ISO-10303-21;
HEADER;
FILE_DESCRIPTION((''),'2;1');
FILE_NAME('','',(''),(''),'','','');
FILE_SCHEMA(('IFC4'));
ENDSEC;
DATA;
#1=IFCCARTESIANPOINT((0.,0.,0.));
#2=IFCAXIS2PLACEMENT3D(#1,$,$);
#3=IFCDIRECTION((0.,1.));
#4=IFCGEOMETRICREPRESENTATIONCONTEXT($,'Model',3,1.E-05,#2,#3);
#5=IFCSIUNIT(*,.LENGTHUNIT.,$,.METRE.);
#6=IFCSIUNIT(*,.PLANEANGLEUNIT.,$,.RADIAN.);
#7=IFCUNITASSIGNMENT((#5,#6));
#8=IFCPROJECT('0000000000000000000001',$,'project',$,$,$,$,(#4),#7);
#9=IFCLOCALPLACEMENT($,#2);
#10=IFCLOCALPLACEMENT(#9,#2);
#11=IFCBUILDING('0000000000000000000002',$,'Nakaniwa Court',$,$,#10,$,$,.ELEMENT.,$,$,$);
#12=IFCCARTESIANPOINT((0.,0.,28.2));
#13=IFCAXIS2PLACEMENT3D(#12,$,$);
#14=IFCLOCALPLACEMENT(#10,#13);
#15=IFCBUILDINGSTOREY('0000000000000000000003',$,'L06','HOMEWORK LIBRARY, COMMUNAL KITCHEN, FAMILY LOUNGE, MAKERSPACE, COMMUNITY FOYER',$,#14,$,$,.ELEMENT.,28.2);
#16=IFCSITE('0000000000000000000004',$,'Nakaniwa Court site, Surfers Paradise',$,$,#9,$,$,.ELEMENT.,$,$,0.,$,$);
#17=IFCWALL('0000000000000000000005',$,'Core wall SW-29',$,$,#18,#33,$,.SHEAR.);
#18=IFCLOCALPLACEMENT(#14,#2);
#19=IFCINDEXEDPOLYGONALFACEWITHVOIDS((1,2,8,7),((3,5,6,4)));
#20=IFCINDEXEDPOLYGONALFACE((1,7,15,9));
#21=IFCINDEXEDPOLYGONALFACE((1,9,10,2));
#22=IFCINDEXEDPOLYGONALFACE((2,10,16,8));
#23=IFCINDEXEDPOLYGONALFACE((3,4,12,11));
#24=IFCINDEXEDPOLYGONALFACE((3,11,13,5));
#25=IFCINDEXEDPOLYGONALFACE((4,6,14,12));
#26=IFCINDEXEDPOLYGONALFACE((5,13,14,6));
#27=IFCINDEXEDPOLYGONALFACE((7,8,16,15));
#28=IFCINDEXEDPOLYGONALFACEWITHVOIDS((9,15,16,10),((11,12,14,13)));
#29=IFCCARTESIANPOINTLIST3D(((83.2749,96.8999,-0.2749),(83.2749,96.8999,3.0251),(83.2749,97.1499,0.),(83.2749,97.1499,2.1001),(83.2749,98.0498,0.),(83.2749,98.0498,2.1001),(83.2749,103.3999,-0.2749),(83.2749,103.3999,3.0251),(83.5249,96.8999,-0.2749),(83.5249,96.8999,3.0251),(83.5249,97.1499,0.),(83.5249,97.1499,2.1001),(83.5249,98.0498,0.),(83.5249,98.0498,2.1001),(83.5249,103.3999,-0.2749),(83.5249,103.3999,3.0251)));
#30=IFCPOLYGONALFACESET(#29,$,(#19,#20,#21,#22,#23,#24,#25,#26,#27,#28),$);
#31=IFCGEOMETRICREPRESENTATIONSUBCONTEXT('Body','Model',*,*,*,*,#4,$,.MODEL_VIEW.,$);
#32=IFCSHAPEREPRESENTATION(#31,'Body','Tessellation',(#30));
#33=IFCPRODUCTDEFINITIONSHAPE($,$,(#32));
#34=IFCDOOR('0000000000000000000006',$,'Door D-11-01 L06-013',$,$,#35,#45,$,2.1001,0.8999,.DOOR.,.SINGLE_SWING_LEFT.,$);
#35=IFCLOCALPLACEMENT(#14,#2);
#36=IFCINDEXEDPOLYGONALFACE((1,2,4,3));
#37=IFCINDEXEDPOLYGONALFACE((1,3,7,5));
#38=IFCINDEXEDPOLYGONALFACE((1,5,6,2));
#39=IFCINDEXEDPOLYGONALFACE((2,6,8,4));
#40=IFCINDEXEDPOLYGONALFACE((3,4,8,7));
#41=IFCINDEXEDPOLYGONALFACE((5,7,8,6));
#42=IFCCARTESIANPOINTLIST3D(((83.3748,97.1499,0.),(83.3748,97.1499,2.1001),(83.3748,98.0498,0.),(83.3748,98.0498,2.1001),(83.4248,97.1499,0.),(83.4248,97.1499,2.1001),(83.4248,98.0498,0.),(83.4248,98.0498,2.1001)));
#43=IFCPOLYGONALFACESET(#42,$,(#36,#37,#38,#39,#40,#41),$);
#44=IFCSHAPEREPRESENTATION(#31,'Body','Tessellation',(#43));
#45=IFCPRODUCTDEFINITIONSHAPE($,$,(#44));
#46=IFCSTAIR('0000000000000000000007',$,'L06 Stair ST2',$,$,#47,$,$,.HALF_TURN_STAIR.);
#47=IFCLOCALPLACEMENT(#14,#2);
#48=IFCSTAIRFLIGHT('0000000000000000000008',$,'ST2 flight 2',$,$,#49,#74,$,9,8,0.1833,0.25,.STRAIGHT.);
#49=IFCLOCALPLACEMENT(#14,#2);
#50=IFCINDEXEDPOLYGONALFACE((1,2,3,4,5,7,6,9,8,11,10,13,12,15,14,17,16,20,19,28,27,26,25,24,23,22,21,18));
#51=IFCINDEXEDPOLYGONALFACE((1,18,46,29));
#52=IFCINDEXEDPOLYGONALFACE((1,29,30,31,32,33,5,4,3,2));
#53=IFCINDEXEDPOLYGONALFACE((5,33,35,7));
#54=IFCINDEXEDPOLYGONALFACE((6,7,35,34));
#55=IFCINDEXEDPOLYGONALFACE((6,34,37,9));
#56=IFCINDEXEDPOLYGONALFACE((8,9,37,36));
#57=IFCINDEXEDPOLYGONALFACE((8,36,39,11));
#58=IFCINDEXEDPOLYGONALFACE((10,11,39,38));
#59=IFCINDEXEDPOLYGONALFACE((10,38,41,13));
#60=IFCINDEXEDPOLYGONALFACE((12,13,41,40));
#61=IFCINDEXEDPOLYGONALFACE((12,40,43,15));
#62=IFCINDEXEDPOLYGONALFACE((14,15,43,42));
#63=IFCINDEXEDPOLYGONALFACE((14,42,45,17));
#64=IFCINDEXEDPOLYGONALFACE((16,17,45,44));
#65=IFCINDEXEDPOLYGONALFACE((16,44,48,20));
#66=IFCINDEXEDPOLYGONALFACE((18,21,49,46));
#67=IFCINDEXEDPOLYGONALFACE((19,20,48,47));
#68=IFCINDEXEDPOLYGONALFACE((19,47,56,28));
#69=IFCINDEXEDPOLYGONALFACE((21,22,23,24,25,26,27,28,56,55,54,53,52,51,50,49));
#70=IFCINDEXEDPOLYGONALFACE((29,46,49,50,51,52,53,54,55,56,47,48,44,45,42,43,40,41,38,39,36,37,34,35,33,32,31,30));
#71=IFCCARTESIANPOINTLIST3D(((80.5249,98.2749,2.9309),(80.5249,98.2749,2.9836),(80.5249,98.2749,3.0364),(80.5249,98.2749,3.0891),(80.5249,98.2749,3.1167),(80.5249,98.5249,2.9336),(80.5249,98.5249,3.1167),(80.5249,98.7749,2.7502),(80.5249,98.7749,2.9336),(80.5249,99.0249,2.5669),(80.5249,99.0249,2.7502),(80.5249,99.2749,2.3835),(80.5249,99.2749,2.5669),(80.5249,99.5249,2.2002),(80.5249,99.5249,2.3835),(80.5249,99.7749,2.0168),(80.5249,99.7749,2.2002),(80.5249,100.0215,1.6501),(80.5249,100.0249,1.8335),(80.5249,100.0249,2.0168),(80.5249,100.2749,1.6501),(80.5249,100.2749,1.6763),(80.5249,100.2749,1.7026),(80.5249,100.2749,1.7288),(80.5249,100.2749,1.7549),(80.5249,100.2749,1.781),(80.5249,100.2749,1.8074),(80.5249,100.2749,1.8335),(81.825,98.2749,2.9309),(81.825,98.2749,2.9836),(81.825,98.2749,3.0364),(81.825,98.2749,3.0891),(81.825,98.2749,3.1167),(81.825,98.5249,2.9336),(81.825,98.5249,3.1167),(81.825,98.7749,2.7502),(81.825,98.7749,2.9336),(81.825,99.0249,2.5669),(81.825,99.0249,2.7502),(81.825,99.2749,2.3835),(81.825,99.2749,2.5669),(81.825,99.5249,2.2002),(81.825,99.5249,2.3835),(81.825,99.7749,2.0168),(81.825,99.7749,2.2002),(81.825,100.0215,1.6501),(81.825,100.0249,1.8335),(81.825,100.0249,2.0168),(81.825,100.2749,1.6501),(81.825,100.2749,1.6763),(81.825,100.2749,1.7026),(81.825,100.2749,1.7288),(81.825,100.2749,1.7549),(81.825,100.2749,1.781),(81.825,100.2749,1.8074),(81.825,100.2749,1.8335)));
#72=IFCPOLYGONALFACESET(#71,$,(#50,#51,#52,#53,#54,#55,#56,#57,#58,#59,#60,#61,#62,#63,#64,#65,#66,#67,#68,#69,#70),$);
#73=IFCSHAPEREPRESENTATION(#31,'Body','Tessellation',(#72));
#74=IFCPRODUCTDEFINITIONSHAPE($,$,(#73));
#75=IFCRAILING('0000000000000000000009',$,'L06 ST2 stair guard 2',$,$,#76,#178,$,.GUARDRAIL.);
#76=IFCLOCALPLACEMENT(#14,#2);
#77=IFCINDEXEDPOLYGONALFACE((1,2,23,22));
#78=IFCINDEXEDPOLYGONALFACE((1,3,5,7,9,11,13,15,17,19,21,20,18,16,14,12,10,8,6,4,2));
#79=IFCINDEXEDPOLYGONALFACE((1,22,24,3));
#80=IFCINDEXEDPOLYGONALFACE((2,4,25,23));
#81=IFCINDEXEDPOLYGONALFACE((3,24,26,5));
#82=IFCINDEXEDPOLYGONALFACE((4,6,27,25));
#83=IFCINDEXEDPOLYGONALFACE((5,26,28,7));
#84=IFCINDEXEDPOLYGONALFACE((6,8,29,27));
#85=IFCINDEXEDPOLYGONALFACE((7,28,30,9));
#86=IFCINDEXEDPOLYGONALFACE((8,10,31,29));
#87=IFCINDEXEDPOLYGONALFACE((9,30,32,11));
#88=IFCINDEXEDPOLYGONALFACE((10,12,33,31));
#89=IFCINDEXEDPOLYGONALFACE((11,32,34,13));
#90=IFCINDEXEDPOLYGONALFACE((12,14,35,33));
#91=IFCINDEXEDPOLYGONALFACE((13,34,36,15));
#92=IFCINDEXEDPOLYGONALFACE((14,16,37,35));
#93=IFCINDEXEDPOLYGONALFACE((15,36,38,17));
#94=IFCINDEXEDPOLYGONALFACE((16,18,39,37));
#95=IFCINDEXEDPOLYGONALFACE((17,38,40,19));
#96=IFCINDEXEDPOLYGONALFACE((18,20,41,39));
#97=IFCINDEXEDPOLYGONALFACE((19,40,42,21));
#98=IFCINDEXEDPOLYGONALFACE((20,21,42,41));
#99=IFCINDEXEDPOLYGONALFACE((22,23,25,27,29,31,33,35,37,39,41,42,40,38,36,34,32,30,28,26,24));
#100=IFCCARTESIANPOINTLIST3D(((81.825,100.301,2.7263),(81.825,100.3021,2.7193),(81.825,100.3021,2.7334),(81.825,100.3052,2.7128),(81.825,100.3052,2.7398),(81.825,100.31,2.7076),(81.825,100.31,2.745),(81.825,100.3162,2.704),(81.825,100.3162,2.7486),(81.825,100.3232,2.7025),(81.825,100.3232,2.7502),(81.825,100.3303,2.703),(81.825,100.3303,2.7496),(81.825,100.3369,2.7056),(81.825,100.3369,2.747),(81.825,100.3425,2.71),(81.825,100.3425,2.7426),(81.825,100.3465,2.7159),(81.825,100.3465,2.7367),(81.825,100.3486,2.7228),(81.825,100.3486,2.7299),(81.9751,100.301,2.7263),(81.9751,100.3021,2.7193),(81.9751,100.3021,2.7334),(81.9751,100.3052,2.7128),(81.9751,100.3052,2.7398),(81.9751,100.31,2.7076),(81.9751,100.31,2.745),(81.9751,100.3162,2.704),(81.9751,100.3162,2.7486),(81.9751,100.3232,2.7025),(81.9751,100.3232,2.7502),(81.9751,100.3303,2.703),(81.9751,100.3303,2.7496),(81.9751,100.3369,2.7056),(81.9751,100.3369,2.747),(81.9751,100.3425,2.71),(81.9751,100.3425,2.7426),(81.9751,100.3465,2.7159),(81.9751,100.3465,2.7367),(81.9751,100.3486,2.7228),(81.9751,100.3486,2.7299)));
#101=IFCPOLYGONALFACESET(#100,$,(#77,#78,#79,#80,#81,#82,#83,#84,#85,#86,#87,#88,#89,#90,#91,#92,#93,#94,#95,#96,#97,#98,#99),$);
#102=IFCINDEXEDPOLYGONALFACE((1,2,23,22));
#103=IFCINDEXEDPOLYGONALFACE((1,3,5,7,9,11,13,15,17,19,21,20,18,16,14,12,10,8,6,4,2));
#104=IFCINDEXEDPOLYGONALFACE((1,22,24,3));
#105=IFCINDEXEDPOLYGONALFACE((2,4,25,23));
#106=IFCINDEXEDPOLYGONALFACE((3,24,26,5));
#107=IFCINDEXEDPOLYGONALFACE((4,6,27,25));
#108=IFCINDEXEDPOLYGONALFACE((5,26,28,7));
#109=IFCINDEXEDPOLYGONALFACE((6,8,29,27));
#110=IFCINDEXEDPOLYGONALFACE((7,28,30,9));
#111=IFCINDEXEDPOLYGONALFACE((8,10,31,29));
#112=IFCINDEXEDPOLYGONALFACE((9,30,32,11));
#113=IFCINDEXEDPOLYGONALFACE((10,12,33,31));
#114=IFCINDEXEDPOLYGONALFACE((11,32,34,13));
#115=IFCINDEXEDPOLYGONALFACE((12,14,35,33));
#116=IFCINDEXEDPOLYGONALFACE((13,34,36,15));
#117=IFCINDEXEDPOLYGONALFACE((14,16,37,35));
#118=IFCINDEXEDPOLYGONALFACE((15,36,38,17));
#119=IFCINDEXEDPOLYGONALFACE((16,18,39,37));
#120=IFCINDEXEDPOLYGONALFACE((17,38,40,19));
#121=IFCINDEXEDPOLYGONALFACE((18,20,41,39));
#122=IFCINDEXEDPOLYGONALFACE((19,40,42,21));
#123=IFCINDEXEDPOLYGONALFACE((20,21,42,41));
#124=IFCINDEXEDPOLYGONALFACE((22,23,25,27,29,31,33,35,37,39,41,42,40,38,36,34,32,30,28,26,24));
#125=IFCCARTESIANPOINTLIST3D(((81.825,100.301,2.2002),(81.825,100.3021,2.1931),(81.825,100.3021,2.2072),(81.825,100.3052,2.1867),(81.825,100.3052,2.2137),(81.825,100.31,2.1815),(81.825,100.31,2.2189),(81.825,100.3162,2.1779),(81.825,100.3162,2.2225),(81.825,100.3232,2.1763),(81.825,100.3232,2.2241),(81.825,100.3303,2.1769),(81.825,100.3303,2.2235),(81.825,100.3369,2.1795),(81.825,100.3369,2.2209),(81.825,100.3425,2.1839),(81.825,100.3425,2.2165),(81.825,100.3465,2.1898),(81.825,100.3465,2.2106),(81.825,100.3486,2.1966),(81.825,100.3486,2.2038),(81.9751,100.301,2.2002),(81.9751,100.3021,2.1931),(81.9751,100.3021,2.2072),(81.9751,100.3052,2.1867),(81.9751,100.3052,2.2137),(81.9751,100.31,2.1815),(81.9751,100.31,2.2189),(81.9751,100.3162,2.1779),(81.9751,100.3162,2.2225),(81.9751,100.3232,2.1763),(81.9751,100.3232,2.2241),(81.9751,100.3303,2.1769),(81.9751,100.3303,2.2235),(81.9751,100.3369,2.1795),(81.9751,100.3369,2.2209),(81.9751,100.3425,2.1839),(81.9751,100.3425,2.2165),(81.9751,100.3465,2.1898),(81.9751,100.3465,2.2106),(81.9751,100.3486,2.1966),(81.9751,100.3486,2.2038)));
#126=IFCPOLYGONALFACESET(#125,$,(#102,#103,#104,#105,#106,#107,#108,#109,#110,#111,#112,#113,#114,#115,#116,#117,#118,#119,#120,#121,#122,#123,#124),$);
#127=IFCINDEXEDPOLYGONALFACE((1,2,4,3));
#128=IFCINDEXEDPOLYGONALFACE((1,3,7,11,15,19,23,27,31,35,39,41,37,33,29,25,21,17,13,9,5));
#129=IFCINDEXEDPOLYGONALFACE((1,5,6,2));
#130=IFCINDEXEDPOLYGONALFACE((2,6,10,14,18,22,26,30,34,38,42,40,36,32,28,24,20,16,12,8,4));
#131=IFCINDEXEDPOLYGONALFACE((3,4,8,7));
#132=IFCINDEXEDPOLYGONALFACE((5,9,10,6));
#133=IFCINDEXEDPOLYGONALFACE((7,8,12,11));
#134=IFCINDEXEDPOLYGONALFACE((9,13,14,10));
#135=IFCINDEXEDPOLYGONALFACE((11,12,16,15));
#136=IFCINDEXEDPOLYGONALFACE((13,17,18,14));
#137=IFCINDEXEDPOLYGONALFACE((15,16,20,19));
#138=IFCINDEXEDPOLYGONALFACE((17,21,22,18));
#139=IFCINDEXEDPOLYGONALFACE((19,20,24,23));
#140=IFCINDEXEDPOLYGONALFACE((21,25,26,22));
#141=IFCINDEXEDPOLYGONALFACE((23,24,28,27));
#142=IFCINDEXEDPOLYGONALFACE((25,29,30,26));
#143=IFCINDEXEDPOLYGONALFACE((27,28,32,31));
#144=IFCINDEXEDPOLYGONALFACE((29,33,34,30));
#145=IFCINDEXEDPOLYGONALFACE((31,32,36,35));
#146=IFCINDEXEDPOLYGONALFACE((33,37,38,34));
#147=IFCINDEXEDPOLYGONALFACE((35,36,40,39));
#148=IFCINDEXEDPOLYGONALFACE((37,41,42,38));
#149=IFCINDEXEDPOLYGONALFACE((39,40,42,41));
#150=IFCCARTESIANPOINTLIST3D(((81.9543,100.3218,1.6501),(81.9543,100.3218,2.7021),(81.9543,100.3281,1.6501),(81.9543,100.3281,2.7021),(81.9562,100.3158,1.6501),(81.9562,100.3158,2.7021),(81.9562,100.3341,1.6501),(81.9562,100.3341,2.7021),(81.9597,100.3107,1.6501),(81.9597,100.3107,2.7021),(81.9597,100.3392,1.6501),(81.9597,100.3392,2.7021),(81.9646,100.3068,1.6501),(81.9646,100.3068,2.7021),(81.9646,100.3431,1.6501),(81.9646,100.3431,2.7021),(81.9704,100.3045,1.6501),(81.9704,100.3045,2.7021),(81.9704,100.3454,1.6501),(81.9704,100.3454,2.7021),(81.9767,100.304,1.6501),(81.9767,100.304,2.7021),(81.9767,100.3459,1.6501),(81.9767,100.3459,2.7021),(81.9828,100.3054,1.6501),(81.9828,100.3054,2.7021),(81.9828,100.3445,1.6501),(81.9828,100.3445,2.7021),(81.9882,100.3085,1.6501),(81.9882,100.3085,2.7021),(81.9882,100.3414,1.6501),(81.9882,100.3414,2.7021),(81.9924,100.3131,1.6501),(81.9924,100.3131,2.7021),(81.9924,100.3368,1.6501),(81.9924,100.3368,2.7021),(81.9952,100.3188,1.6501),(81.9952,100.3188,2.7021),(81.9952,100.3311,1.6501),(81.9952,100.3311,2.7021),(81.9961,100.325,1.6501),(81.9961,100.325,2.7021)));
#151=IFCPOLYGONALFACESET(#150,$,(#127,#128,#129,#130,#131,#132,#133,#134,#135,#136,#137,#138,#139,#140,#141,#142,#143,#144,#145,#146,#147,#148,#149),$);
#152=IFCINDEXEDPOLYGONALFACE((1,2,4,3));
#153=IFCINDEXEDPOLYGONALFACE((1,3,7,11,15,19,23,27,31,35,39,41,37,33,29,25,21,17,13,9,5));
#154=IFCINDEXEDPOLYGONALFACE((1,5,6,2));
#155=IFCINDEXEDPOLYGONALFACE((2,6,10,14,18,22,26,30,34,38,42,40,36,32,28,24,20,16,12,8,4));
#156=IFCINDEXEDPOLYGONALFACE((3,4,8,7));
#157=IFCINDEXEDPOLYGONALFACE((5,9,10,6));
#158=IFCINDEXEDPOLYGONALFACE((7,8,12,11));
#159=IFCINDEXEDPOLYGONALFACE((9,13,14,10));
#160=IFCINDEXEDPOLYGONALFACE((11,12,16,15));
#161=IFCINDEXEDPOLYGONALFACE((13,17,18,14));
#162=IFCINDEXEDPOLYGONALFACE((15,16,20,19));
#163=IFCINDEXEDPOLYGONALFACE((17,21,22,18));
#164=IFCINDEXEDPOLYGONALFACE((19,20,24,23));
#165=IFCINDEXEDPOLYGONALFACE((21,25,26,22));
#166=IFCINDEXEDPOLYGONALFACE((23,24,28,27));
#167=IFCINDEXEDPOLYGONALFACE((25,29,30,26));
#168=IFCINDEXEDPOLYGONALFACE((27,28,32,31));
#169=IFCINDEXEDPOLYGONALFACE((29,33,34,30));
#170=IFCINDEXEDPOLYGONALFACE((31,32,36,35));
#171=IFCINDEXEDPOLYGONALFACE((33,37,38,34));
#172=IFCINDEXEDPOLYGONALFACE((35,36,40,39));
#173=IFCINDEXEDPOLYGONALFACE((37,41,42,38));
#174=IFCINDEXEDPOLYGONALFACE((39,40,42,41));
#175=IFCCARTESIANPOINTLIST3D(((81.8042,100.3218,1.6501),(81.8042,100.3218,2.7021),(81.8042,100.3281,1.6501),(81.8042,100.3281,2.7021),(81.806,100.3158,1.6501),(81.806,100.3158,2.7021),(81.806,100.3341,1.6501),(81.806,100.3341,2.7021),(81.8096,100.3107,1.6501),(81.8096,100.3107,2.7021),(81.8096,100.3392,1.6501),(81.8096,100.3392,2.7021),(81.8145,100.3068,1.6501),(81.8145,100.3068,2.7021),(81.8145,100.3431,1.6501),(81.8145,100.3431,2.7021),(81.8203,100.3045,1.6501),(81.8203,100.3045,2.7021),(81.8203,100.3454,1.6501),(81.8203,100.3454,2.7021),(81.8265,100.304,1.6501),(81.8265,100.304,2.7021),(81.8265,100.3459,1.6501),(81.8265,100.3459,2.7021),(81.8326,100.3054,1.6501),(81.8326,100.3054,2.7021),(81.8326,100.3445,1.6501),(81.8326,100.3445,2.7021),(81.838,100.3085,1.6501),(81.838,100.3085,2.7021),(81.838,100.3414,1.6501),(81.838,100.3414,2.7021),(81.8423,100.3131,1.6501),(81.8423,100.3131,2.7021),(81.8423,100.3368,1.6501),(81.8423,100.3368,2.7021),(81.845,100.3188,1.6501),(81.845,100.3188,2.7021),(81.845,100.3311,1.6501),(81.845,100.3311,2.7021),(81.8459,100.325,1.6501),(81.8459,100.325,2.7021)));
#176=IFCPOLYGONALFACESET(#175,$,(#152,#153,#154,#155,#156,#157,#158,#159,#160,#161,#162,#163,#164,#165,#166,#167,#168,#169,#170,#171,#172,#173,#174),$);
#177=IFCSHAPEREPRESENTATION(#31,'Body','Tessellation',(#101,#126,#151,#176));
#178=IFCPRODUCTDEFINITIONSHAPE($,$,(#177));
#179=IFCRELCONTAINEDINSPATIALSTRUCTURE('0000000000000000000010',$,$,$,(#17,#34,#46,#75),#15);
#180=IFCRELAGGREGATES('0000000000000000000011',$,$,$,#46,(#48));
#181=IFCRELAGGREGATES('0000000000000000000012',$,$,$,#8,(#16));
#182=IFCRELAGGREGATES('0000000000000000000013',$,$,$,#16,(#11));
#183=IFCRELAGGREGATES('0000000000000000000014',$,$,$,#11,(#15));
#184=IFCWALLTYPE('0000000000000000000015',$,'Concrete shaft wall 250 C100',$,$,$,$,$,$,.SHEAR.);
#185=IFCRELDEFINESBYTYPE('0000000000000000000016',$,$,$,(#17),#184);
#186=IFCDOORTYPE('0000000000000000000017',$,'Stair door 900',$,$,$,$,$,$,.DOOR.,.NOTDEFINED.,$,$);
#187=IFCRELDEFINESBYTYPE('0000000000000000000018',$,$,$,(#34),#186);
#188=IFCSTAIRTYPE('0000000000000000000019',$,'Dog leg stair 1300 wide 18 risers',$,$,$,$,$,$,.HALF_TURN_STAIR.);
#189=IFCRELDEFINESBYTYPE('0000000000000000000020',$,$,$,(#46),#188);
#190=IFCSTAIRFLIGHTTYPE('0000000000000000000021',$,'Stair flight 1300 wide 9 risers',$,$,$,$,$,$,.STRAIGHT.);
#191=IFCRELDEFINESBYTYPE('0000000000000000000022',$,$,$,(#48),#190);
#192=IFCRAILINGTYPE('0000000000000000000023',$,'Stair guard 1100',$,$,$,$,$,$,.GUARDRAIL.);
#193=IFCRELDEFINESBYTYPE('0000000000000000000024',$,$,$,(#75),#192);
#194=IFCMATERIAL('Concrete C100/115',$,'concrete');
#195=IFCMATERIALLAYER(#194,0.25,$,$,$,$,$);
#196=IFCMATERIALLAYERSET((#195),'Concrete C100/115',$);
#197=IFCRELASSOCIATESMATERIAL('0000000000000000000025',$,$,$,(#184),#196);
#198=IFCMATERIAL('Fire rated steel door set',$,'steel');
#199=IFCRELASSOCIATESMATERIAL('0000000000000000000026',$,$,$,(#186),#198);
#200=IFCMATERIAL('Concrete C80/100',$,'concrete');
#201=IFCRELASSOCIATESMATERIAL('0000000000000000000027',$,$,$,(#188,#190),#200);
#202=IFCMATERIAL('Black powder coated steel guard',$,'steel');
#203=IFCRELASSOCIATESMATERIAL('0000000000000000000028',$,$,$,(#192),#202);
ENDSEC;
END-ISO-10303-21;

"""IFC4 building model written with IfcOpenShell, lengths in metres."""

from ifc_helpers import new_model, si_unit, direction, frame, frame_2d, origin, origin_2d, place, context, subcontext, project, spatial, polyline, rectangle, circle, outline, extrude, material, layer, layer_set, type_object, element, fill, aggregate, save


model = new_model("IFC4")

# Units and contexts
model_context = context("Model", 3, precision=1e-05, world=origin(), true_north=direction((0.0, 1.0)))
body_context = subcontext(model_context, "Body", "Model", "MODEL_VIEW")
ifc_project = project(units=[si_unit("LENGTHUNIT", "METRE"), si_unit("PLANEANGLEUNIT", "RADIAN")], contexts=[model_context])

# Site, building, storey
site_placement = place(None, origin())
site = spatial("IfcSite", under=ifc_project, at=site_placement, Name="Nakaniwa Court site, Surfers Paradise", CompositionType="ELEMENT", RefElevation=0.0)
building_placement = place(site_placement, origin())
building = spatial("IfcBuilding", under=site, at=building_placement, Name="Nakaniwa Court", CompositionType="ELEMENT")
storey_placement = place(building_placement, frame((0.0, 0.0, 28.2)))
storey = spatial("IfcBuildingStorey", under=building, at=storey_placement, Name="L06", Description="HOMEWORK LIBRARY, COMMUNAL KITCHEN, FAMILY LOUNGE, MAKERSPACE, COMMUNITY FOYER", CompositionType="ELEMENT", Elevation=28.2)

# Shared definitions
ifc_material_1 = material(Name="Concrete C80/100", Category="concrete")

# Shared definitions
ifc_material_2 = material(Name="Concrete C100/115", Category="concrete")
ifc_material_3 = material(Name="Fire rated steel door set", Category="steel")

# Wall, opening, door
ifc_layer_1 = layer(ifc_material_2, 0.25)
ifc_layer_set_1 = layer_set([ifc_layer_1], Name="Concrete C100/115")
wall_type_1 = type_object("IfcWallType", Name="Concrete shaft wall 250 C100", PredefinedType="SHEAR", material=ifc_layer_set_1)
wall_1_placement = place(storey_placement, frame((83.3999, 103.3999, -0.2749), z_axis=(0.0, 0.0, 1.0), x_axis=(0.0, -1.0, 0.0)))
wall_1 = element("IfcWall", 1, at=wall_1_placement, inside=storey, type_object=wall_type_1, Name="Core wall SW-29", PredefinedType="SHEAR", context=body_context, shape_type="SweptSolid", body=[
    extrude(rectangle(XDim=6.5, YDim=0.25, at=frame_2d((3.25, 0.0))), origin(), (0.0, 0.0, 1.0), 3.3),
])
opening_1_placement = place(wall_1_placement, frame((5.3501, 0.0, 0.2749)))
opening_1 = element("IfcOpeningElement", 2, at=opening_1_placement, cuts=wall_1, PredefinedType="OPENING", context=body_context, shape_type="SweptSolid", body=[
    extrude(rectangle(XDim=0.8999, YDim=2.1001, at=frame_2d((0.45, 1.05))), frame((0.0, 0.135, 0.0), z_axis=(0.0, -1.0, 0.0), x_axis=(1.0, 0.0, 0.0)), (0.0, 0.0, 1.0), 0.27),
])
door_type_1 = type_object("IfcDoorType", Name="Stair door 900", OperationType="NOTDEFINED", PredefinedType="DOOR", material=ifc_material_3)
door_1_placement = place(opening_1_placement, origin())
door_1 = element("IfcDoor", 3, at=door_1_placement, inside=storey, type_object=door_type_1, Name="Door D-11-01 L06-013", OperationType="SINGLE_SWING_LEFT", OverallHeight=2.1001, OverallWidth=0.8999, PredefinedType="DOOR", context=body_context, shape_type="SweptSolid", body=[
    extrude(rectangle(XDim=0.8999, YDim=2.1001, at=frame_2d((0.45, 1.05))), frame((0.0, 0.0249, 0.0), z_axis=(0.0, -1.0, 0.0), x_axis=(1.0, 0.0, 0.0)), (0.0, 0.0, 1.0), 0.05),
])
fill(opening_1, door_1)

# Stair, stair flight
stair_type = type_object("IfcStairType", Name="Dog leg stair 1300 wide 18 risers", PredefinedType="HALF_TURN_STAIR", material=ifc_material_1)
stair_placement = place(storey_placement, origin())
stair = element("IfcStair", 4, at=stair_placement, inside=storey, type_object=stair_type, Name="L06 Stair ST2", PredefinedType="HALF_TURN_STAIR")
stair_flight_type = type_object("IfcStairFlightType", Name="Stair flight 1300 wide 9 risers", PredefinedType="STRAIGHT", material=ifc_material_1)
stair_flight_placement = place(storey_placement, frame((81.175, 100.2749, 1.6501), z_axis=(0.0, 0.0, 1.0), x_axis=(0.0, -1.0, 0.0)))
stair_flight = element("IfcStairFlight", 5, at=stair_flight_placement, type_object=stair_flight_type, Name="ST2 flight 2", NumberOfRisers=9, NumberOfTreads=8, PredefinedType="STRAIGHT", RiserHeight=0.1833, TreadLength=0.25, context=body_context, shape_type="SweptSolid", body=[
    extrude(outline(polyline([(0.0, 0.0), (0.0, 0.0261), (0.0, 0.0525), (0.0, 0.0786), (0.0, 0.1047), (0.0, 0.1309), (0.0, 0.1572), (0.0, 0.1833), (0.25, 0.1833), (0.25, 0.3667), (0.5, 0.3667), (0.5, 0.55), (0.75, 0.55), (0.75, 0.7334), (1.0, 0.7334), (1.0, 0.9167), (1.25, 0.9167), (1.25, 1.1001), (1.5, 1.1001), (1.5, 1.2834), (1.75, 1.2834), (1.75, 1.4666), (2.0, 1.4666), (2.0, 1.6499), (2.0, 1.5972), (2.0, 1.5444), (2.0, 1.4917), (2.0, 1.439), (2.0, 1.3862), (2.0, 1.3335), (2.0, 1.2808), (0.2534, 0.0), (0.0, 0.0)])), frame((0.0, 0.6499, 0.0), z_axis=(0.0, -1.0, 0.0), x_axis=(1.0, 0.0, 0.0)), (0.0, 0.0, 1.0), 1.3),
])
aggregate(stair, [stair_flight])

# Railing
ifc_material_4 = material(Name="Black powder coated steel guard", Category="steel")
railing_type_1 = type_object("IfcRailingType", Name="Stair guard 1100", PredefinedType="GUARDRAIL", material=ifc_material_4)
railing_1_placement = place(storey_placement, frame((81.9751, 100.325, 1.6501)))
element("IfcRailing", 6, at=railing_1_placement, inside=storey, type_object=railing_type_1, Name="L06 ST2 stair guard 2", PredefinedType="GUARDRAIL", context=body_context, shape_type="SweptSolid", body=[
    extrude(circle(Radius=0.0239, at=origin_2d()), frame((0.0, 0.0, 1.0762), z_axis=(-1.0, 0.0, 0.0), x_axis=(0.0, -1.0, 0.0)), (0.0, 0.0, 1.0), 0.1501),
    extrude(circle(Radius=0.0239, at=origin_2d()), frame((0.0, 0.0, 0.55), z_axis=(-1.0, 0.0, 0.0), x_axis=(0.0, -1.0, 0.0)), (0.0, 0.0, 1.0), 0.1501),
    extrude(circle(Radius=0.021, at=origin_2d()), origin(), (0.0, 0.0, 1.0), 1.052),
    extrude(circle(Radius=0.021, at=origin_2d()), frame((-0.1501, 0.0, 0.0)), (0.0, 0.0, 1.0), 1.052),
])

save(model, "model.ifc")
